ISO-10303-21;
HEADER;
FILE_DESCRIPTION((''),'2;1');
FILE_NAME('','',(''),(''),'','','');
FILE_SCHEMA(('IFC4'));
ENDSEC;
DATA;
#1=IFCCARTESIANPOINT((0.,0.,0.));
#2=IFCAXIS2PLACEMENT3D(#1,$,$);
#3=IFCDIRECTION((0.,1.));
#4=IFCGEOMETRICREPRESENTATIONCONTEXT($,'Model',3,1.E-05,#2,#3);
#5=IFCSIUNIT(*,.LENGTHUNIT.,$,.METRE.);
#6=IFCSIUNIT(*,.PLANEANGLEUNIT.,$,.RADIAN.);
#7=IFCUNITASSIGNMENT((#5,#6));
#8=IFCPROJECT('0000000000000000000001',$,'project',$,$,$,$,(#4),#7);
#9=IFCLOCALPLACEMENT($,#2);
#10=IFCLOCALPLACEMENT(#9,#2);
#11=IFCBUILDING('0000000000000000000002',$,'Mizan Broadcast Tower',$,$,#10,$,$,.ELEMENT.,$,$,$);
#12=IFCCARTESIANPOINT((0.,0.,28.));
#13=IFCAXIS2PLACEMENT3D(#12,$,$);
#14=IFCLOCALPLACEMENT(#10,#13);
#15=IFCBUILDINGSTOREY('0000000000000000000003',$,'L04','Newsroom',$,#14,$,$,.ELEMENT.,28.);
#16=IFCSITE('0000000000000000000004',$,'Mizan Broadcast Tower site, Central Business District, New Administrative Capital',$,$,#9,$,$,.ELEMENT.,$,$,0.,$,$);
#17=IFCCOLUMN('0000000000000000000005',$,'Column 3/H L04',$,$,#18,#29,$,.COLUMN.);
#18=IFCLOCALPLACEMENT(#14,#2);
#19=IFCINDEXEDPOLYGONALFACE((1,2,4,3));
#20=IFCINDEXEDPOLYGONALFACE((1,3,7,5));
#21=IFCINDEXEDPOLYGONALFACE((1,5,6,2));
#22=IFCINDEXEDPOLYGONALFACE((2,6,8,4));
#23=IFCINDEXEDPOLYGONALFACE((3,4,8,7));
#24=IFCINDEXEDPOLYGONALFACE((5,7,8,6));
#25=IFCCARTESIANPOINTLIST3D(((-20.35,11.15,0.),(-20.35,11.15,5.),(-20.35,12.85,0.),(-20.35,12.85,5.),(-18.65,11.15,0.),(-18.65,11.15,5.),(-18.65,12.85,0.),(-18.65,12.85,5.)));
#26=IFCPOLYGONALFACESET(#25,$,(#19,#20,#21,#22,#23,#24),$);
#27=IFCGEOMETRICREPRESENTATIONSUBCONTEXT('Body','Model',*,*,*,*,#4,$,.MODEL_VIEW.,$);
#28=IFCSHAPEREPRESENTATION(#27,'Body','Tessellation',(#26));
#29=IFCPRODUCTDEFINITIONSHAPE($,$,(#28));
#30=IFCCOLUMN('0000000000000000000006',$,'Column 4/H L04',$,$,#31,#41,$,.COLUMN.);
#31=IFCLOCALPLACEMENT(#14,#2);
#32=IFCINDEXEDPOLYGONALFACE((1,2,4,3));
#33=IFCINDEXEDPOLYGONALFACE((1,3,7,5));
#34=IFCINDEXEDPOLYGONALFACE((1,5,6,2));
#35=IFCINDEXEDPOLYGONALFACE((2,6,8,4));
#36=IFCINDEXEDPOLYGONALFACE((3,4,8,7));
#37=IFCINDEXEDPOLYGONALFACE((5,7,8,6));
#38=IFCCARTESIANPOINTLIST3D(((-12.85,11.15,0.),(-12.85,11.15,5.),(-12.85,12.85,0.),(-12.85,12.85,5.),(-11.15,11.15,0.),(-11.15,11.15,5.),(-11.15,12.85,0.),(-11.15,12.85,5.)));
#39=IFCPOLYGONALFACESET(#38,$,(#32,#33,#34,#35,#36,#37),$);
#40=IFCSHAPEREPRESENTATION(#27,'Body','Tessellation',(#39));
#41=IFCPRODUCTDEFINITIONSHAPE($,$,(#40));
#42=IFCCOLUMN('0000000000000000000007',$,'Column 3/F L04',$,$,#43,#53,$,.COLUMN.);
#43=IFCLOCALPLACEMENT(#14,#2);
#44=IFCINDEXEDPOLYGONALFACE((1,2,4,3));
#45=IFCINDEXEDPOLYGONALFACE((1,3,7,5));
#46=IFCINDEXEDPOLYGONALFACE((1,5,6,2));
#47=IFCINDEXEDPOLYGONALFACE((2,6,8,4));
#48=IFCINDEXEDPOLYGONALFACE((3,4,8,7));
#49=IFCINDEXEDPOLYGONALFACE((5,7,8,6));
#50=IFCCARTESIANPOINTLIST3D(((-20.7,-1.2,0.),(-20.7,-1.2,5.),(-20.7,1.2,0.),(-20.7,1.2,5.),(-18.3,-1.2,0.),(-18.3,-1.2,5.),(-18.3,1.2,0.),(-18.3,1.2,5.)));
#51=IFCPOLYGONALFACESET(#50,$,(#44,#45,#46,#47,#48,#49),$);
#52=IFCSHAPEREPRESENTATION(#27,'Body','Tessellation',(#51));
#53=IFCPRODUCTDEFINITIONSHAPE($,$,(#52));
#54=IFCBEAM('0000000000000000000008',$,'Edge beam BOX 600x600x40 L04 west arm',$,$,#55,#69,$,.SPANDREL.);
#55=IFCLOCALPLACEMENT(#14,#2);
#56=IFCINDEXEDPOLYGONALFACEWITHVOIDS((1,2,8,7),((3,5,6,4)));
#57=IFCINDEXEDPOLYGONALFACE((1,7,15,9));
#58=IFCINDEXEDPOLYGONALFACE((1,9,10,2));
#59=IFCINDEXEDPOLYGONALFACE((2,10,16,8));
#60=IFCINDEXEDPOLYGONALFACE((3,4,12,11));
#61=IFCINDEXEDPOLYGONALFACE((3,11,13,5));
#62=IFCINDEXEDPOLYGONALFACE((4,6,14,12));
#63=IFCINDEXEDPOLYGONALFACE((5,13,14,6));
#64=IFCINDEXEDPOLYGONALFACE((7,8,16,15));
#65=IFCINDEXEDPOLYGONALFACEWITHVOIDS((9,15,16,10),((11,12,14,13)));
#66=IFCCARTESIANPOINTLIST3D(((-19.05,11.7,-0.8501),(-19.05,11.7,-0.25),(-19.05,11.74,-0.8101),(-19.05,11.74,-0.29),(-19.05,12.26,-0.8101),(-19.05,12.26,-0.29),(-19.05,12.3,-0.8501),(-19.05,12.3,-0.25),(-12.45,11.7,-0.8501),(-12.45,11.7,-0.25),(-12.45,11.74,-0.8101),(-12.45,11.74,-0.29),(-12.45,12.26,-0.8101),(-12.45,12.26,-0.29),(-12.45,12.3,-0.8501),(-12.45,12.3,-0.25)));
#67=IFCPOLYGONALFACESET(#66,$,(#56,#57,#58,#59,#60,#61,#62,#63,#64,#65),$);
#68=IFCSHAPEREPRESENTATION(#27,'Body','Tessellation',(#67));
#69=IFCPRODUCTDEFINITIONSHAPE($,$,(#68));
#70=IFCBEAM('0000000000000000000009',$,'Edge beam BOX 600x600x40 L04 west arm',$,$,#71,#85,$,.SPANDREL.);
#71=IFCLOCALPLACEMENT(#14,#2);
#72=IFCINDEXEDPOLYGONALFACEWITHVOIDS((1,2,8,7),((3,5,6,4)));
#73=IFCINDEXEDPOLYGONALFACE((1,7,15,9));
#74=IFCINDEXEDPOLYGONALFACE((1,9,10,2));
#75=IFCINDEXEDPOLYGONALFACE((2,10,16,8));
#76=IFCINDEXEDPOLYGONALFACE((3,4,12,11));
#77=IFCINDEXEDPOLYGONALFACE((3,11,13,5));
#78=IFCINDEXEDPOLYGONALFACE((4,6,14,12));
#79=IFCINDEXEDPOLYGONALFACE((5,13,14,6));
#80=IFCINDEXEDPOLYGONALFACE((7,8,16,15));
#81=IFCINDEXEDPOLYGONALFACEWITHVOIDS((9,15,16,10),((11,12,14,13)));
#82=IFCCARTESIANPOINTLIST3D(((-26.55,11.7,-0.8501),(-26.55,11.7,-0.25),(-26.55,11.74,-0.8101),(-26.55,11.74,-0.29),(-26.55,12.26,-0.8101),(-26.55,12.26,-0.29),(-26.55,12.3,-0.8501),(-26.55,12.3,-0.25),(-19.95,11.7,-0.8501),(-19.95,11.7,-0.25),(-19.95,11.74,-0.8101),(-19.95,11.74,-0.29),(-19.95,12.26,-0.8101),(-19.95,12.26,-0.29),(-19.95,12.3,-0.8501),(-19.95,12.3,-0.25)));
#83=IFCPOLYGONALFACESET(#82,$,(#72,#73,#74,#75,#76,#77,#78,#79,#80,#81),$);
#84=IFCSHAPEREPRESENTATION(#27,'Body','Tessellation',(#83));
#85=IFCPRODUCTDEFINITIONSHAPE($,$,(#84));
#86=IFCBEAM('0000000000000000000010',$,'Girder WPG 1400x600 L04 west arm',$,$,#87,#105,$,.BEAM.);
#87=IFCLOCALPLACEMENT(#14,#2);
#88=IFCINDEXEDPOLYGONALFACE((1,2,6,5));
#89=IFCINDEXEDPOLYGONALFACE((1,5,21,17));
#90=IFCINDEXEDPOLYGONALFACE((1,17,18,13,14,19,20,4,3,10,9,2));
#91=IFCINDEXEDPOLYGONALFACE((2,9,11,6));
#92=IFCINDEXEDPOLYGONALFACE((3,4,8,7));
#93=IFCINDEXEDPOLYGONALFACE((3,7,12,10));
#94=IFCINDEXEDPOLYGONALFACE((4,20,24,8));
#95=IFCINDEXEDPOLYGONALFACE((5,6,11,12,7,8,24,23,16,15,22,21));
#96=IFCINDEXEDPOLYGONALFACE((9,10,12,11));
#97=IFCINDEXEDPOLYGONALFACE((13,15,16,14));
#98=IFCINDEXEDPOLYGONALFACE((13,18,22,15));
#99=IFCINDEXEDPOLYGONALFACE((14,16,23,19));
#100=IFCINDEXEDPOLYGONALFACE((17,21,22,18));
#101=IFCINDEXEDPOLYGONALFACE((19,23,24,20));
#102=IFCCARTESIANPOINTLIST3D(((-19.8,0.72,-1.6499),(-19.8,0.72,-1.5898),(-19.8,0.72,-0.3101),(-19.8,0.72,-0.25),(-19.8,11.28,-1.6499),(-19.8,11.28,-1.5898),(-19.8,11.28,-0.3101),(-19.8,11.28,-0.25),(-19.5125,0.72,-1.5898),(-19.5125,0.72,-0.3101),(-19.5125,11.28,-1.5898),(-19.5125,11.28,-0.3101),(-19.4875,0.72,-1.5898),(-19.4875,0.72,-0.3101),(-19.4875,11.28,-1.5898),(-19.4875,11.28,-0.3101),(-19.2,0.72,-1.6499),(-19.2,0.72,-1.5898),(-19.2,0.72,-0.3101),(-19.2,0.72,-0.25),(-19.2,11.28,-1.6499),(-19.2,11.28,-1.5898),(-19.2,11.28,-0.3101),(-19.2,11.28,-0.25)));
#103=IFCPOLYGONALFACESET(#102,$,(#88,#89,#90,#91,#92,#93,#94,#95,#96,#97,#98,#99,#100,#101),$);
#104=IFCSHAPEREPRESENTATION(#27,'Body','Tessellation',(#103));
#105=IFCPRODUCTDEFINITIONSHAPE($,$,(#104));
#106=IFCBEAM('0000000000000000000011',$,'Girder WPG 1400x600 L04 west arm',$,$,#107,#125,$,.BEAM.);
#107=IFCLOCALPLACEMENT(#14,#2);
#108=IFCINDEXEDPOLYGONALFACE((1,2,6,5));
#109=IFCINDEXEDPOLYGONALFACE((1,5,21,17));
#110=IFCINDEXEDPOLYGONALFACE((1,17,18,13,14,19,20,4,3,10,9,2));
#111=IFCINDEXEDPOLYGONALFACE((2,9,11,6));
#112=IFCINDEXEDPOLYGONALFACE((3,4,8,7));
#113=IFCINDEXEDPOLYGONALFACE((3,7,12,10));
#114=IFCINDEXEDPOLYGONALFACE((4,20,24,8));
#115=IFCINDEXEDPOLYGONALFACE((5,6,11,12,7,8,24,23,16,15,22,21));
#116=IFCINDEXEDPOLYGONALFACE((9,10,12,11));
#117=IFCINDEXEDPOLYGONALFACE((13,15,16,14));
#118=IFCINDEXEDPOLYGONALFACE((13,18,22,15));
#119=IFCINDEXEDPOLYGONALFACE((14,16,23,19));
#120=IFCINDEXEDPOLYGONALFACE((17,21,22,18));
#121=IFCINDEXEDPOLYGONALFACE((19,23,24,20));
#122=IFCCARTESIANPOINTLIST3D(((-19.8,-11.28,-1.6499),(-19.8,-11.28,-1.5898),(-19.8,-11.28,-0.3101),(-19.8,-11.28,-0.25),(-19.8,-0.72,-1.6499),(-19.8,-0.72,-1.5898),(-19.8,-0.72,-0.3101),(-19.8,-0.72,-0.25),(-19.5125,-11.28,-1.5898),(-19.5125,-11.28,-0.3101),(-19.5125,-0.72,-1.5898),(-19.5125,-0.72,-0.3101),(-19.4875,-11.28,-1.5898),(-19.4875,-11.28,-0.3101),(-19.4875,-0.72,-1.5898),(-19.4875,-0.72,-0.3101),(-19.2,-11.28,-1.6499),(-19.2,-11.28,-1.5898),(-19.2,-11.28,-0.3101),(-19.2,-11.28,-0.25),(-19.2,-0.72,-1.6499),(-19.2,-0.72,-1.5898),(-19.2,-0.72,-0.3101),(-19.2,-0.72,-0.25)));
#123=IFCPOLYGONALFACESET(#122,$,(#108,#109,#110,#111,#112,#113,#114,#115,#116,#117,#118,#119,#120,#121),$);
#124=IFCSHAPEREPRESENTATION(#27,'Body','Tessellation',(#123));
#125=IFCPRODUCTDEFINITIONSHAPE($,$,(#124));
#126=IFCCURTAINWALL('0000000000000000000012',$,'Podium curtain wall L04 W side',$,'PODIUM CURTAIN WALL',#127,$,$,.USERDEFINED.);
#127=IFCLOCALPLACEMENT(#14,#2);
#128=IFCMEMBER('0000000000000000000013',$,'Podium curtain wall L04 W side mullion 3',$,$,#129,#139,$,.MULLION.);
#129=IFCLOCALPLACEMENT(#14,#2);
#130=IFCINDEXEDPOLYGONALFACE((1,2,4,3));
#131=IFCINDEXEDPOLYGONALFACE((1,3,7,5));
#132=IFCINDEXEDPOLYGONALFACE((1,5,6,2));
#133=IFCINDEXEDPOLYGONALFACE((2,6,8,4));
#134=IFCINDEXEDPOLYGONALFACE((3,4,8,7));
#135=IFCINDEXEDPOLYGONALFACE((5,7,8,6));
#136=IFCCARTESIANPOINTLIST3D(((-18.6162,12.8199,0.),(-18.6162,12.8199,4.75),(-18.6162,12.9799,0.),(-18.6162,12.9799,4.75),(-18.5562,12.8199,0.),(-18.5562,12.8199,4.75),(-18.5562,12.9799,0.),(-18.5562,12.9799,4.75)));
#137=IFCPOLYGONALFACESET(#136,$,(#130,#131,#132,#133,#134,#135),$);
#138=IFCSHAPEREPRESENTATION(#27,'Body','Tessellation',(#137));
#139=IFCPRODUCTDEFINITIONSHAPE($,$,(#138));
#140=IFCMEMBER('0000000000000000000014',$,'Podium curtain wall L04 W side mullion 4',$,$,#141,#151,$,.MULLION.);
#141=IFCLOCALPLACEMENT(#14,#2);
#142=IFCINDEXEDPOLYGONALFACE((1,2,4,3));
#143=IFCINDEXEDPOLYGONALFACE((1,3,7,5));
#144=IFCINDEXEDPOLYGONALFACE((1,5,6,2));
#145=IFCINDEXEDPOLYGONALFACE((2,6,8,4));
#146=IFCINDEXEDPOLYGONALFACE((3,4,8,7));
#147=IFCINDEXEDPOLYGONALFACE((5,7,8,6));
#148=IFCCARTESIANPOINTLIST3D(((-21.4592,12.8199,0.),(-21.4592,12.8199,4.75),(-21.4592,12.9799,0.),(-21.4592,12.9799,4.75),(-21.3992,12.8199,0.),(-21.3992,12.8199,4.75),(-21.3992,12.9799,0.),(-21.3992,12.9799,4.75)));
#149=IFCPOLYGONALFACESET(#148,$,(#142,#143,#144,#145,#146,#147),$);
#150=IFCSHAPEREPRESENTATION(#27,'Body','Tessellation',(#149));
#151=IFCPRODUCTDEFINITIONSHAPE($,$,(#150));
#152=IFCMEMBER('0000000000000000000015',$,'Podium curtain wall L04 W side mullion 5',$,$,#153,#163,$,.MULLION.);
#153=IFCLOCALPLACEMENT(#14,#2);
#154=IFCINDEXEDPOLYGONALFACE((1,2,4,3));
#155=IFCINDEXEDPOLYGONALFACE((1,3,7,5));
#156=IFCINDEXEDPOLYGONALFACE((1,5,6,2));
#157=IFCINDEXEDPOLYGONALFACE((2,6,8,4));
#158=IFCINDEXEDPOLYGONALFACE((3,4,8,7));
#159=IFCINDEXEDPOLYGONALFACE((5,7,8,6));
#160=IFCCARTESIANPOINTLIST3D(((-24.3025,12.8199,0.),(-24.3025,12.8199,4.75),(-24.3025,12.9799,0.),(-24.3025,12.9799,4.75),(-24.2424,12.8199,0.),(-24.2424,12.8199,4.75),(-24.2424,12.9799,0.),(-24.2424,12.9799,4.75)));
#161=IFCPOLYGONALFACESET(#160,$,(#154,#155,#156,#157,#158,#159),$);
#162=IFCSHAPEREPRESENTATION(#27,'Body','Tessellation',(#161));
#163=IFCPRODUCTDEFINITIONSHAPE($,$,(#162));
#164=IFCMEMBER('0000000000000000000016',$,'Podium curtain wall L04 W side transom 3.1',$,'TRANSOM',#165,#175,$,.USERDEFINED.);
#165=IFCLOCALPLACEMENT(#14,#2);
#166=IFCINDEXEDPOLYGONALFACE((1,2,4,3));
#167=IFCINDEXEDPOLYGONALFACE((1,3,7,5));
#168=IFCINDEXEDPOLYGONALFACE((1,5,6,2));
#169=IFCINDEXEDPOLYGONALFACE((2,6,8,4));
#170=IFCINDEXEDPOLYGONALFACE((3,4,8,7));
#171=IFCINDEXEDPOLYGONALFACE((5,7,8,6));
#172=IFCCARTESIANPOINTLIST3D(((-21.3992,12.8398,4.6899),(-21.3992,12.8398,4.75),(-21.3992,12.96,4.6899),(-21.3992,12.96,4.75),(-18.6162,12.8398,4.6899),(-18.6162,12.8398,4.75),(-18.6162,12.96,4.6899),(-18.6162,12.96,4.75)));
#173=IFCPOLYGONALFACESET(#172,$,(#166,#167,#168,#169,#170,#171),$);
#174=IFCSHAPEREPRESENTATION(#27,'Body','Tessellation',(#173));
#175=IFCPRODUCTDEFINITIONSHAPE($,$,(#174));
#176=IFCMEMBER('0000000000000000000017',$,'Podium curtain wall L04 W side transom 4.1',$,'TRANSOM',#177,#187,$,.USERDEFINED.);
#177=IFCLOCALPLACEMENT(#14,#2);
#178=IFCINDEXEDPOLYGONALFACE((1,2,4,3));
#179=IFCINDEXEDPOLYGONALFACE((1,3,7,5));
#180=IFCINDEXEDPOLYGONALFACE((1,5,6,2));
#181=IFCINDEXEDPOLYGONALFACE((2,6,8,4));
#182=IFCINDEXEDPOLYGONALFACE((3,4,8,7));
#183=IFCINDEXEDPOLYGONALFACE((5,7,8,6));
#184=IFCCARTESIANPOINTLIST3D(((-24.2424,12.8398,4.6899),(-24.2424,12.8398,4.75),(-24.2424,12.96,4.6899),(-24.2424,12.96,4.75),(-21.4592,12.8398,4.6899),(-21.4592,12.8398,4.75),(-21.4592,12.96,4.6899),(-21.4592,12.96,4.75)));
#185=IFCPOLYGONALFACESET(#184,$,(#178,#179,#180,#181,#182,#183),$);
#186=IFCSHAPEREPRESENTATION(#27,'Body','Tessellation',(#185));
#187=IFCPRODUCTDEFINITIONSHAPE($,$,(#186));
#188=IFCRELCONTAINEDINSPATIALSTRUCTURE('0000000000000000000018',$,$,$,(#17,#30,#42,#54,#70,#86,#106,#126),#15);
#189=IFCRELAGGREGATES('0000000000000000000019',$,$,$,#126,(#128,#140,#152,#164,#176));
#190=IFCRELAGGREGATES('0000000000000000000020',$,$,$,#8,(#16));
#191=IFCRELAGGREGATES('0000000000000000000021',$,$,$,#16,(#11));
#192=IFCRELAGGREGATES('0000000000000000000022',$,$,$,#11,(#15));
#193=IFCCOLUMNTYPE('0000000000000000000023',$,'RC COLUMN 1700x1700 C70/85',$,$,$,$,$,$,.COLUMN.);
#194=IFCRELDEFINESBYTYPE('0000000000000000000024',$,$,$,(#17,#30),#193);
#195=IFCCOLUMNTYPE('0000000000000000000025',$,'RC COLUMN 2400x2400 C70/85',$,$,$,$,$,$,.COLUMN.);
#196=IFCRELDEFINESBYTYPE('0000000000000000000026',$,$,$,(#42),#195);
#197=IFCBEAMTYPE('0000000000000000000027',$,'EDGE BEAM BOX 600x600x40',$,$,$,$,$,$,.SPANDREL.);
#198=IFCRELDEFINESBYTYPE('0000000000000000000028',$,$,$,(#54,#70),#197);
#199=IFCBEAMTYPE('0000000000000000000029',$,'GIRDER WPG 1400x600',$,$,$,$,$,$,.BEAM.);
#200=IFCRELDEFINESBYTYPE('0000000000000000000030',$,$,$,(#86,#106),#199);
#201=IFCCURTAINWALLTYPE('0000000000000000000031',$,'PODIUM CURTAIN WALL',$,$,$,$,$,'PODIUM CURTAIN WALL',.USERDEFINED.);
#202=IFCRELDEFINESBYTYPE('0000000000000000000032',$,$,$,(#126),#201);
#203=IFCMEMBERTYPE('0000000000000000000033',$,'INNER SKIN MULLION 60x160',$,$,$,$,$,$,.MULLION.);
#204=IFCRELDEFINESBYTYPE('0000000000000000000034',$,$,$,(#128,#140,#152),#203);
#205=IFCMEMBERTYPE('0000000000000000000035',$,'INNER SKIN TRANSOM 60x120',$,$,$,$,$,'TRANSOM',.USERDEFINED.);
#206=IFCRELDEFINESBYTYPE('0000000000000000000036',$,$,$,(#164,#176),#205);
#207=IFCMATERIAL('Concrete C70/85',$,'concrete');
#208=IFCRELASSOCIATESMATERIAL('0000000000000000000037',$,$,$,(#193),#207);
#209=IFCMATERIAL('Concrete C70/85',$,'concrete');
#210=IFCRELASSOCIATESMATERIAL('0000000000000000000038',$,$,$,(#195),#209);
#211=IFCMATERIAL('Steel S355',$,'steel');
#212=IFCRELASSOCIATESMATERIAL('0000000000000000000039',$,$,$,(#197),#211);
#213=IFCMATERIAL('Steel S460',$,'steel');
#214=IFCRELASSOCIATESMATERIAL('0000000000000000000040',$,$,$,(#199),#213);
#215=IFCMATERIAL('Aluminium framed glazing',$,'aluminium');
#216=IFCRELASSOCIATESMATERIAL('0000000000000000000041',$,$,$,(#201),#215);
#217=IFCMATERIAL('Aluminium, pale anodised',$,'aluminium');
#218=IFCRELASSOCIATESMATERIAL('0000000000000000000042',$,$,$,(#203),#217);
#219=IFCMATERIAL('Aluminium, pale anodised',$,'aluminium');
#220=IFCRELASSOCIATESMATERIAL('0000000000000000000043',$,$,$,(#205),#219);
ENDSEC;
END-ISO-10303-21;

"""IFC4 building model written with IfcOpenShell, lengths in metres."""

from ifc_helpers import new_model, si_unit, direction, frame, origin, origin_2d, place, context, subcontext, project, spatial, rectangle, hollow_rectangle, i_section, extrude, material, material_profile, profile_set, type_object, element, aggregate, save


model = new_model("IFC4")

# Units and contexts
model_context = context("Model", 3, precision=1e-05, world=origin(), true_north=direction((0.0, 1.0)))
body_context = subcontext(model_context, "Body", "Model", "MODEL_VIEW")
ifc_project = project(units=[si_unit("LENGTHUNIT", "METRE"), si_unit("PLANEANGLEUNIT", "RADIAN")], contexts=[model_context])

# Site, building, storey
site_placement = place(None, origin())
site = spatial("IfcSite", under=ifc_project, at=site_placement, Name="Mizan Broadcast Tower site, Central Business District, New Administrative Capital", CompositionType="ELEMENT", RefElevation=0.0)
building_placement = place(site_placement, origin())
building = spatial("IfcBuilding", under=site, at=building_placement, Name="Mizan Broadcast Tower", CompositionType="ELEMENT")
storey_placement = place(building_placement, frame((0.0, 0.0, 28.0)))
storey = spatial("IfcBuildingStorey", under=building, at=storey_placement, Name="L04", Description="Newsroom", CompositionType="ELEMENT", Elevation=28.0)

# Columns
ifc_material_1 = material(Name="Concrete C70/85", Category="concrete")
ifc_material_profile_1 = material_profile(ifc_material_1, rectangle(XDim=1.7, YDim=1.7, at=origin_2d()), Name="RC 1700x1700")
ifc_profile_set_1 = profile_set([ifc_material_profile_1], Name="Concrete C70/85")
column_type_1 = type_object("IfcColumnType", Name="RC COLUMN 1700x1700 C70/85", PredefinedType="COLUMN", material=ifc_profile_set_1)
for number, where, z_axis, x_axis, name in (
    (1, (-19.5, 12.0, 0.0), (0.0, 0.0, 1.0), (1.0, 0.0, 0.0), "Column 3/H L04"),
    (2, (-12.0, 12.0, 0.0), (0.0, 0.0, 1.0), (1.0, 0.0, 0.0), "Column 4/H L04"),
):
    element("IfcColumn", number, at=place(storey_placement, frame(where, z_axis=z_axis, x_axis=x_axis)), inside=storey, type_object=column_type_1, Name=name, PredefinedType="COLUMN", context=body_context, shape_type="SweptSolid", body=[
        extrude(rectangle(XDim=1.7, YDim=1.7, at=origin_2d()), origin(), (0.0, 0.0, 1.0), 5.0),
    ])
ifc_material_2 = material(Name="Concrete C70/85", Category="concrete")
ifc_material_profile_2 = material_profile(ifc_material_2, rectangle(XDim=2.3999, YDim=2.3999, at=origin_2d()), Name="RC 2400x2400")
ifc_profile_set_2 = profile_set([ifc_material_profile_2], Name="Concrete C70/85")
column_type_2 = type_object("IfcColumnType", Name="RC COLUMN 2400x2400 C70/85", PredefinedType="COLUMN", material=ifc_profile_set_2)
column_placement = place(storey_placement, frame((-19.5, 0.0, 0.0), z_axis=(0.0, 0.0, 1.0), x_axis=(1.0, 0.0, 0.0)))
element("IfcColumn", 3, at=column_placement, inside=storey, type_object=column_type_2, Name="Column 3/F L04", PredefinedType="COLUMN", context=body_context, shape_type="SweptSolid", body=[
    extrude(rectangle(XDim=2.3999, YDim=2.3999, at=origin_2d()), origin(), (0.0, 0.0, 1.0), 5.0),
])

# Beams
ifc_material_3 = material(Name="Steel S355", Category="steel")
ifc_material_profile_3 = material_profile(ifc_material_3, hollow_rectangle(XDim=0.6001, YDim=0.6001, WallThickness=0.04, at=origin_2d()), Name="BOX 600x600x40")
ifc_profile_set_3 = profile_set([ifc_material_profile_3], Name="Steel S355")
beam_type_1 = type_object("IfcBeamType", Name="EDGE BEAM BOX 600x600x40", PredefinedType="SPANDREL", material=ifc_profile_set_3)
for number, where, z_axis, x_axis, name in (
    (4, (-12.45, 12.0, -0.55), (-1.0, 0.0, 0.0), (0.0, -1.0, 0.0), "Edge beam BOX 600x600x40 L04 west arm"),
    (5, (-19.95, 12.0, -0.55), (-1.0, 0.0, 0.0), (0.0, -1.0, 0.0), "Edge beam BOX 600x600x40 L04 west arm"),
):
    element("IfcBeam", number, at=place(storey_placement, frame(where, z_axis=z_axis, x_axis=x_axis)), inside=storey, type_object=beam_type_1, Name=name, PredefinedType="SPANDREL", context=body_context, shape_type="SweptSolid", body=[
        extrude(hollow_rectangle(XDim=0.6001, YDim=0.6001, WallThickness=0.04, at=origin_2d()), origin(), (0.0, 0.0, 1.0), 6.6001),
    ])
ifc_material_4 = material(Name="Steel S460", Category="steel")
ifc_material_profile_4 = material_profile(ifc_material_4, i_section(OverallWidth=0.6001, OverallDepth=1.3999, WebThickness=0.0249, FlangeThickness=0.0601, at=origin_2d()), Name="WPG 1400x600")
ifc_profile_set_4 = profile_set([ifc_material_profile_4], Name="Steel S460")
beam_type_2 = type_object("IfcBeamType", Name="GIRDER WPG 1400x600", PredefinedType="BEAM", material=ifc_profile_set_4)
for number, where, z_axis, x_axis, name in (
    (6, (-19.5, 11.28, -0.95), (0.0, -1.0, 0.0), (1.0, 0.0, 0.0), "Girder WPG 1400x600 L04 west arm"),
    (7, (-19.5, -0.72, -0.95), (0.0, -1.0, 0.0), (1.0, 0.0, 0.0), "Girder WPG 1400x600 L04 west arm"),
):
    element("IfcBeam", number, at=place(storey_placement, frame(where, z_axis=z_axis, x_axis=x_axis)), inside=storey, type_object=beam_type_2, Name=name, PredefinedType="BEAM", context=body_context, shape_type="SweptSolid", body=[
        extrude(i_section(OverallWidth=0.6001, OverallDepth=1.3999, WebThickness=0.0249, FlangeThickness=0.0601, at=origin_2d()), origin(), (0.0, 0.0, 1.0), 10.5601),
    ])

# Curtain wall, members
ifc_material_5 = material(Name="Aluminium framed glazing", Category="aluminium")
curtain_wall_type = type_object("IfcCurtainWallType", Name="PODIUM CURTAIN WALL", ElementType="PODIUM CURTAIN WALL", PredefinedType="USERDEFINED", material=ifc_material_5)
curtain_wall_placement = place(storey_placement, origin())
curtain_wall = element("IfcCurtainWall", 8, at=curtain_wall_placement, inside=storey, type_object=curtain_wall_type, Name="Podium curtain wall L04 W side", ObjectType="PODIUM CURTAIN WALL", PredefinedType="USERDEFINED")
ifc_material_6 = material(Name="Aluminium, pale anodised", Category="aluminium")
ifc_material_profile_5 = material_profile(ifc_material_6, rectangle(XDim=0.1599, YDim=0.0601, at=origin_2d()), Name="MULLION 160x60")
ifc_profile_set_5 = profile_set([ifc_material_profile_5], Name="Aluminium, pale anodised")
member_type_1 = type_object("IfcMemberType", Name="INNER SKIN MULLION 60x160", PredefinedType="MULLION", material=ifc_profile_set_5)
member_1_placement = place(storey_placement, frame((-18.5862, 12.8999, 0.0), z_axis=(0.0, 0.0, 1.0), x_axis=(0.0, -1.0, 0.0)))
member_1 = element("IfcMember", 9, at=member_1_placement, type_object=member_type_1, Name="Podium curtain wall L04 W side mullion 3", PredefinedType="MULLION", context=body_context, shape_type="SweptSolid", body=[
    extrude(rectangle(XDim=0.1599, YDim=0.0601, at=origin_2d()), origin(), (0.0, 0.0, 1.0), 4.75),
])
member_2_placement = place(storey_placement, frame((-21.4292, 12.8999, 0.0), z_axis=(0.0, 0.0, 1.0), x_axis=(0.0, -1.0, 0.0)))
member_2 = element("IfcMember", 10, at=member_2_placement, type_object=member_type_1, Name="Podium curtain wall L04 W side mullion 4", PredefinedType="MULLION", context=body_context, shape_type="SweptSolid", body=[
    extrude(rectangle(XDim=0.1599, YDim=0.0601, at=origin_2d()), origin(), (0.0, 0.0, 1.0), 4.75),
])
member_3_placement = place(storey_placement, frame((-24.2725, 12.8999, 0.0), z_axis=(0.0, 0.0, 1.0), x_axis=(0.0, -1.0, 0.0)))
member_3 = element("IfcMember", 11, at=member_3_placement, type_object=member_type_1, Name="Podium curtain wall L04 W side mullion 5", PredefinedType="MULLION", context=body_context, shape_type="SweptSolid", body=[
    extrude(rectangle(XDim=0.1599, YDim=0.0601, at=origin_2d()), origin(), (0.0, 0.0, 1.0), 4.75),
])
ifc_material_7 = material(Name="Aluminium, pale anodised", Category="aluminium")
ifc_material_profile_6 = material_profile(ifc_material_7, rectangle(XDim=0.1201, YDim=0.0601, at=origin_2d()), Name="TRANSOM 120x60")
ifc_profile_set_6 = profile_set([ifc_material_profile_6], Name="Aluminium, pale anodised")
member_type_2 = type_object("IfcMemberType", Name="INNER SKIN TRANSOM 60x120", ElementType="TRANSOM", PredefinedType="USERDEFINED", material=ifc_profile_set_6)
member_4_placement = place(storey_placement, frame((-18.6162, 12.8999, 4.72), z_axis=(-1.0, 0.0, 0.0), x_axis=(0.0, -1.0, 0.0)))
member_4 = element("IfcMember", 12, at=member_4_placement, type_object=member_type_2, Name="Podium curtain wall L04 W side transom 3.1", ObjectType="TRANSOM", PredefinedType="USERDEFINED", context=body_context, shape_type="SweptSolid", body=[
    extrude(rectangle(XDim=0.1201, YDim=0.0601, at=origin_2d()), origin(), (0.0, 0.0, 1.0), 2.783),
])
member_5_placement = place(storey_placement, frame((-21.4592, 12.8999, 4.72), z_axis=(-1.0, 0.0, 0.0), x_axis=(0.0, -1.0, 0.0)))
member_5 = element("IfcMember", 13, at=member_5_placement, type_object=member_type_2, Name="Podium curtain wall L04 W side transom 4.1", ObjectType="TRANSOM", PredefinedType="USERDEFINED", context=body_context, shape_type="SweptSolid", body=[
    extrude(rectangle(XDim=0.1201, YDim=0.0601, at=origin_2d()), origin(), (0.0, 0.0, 1.0), 2.7832),
])

aggregate(curtain_wall, [member_1, member_2, member_3, member_4, member_5])

save(model, "model.ifc")
